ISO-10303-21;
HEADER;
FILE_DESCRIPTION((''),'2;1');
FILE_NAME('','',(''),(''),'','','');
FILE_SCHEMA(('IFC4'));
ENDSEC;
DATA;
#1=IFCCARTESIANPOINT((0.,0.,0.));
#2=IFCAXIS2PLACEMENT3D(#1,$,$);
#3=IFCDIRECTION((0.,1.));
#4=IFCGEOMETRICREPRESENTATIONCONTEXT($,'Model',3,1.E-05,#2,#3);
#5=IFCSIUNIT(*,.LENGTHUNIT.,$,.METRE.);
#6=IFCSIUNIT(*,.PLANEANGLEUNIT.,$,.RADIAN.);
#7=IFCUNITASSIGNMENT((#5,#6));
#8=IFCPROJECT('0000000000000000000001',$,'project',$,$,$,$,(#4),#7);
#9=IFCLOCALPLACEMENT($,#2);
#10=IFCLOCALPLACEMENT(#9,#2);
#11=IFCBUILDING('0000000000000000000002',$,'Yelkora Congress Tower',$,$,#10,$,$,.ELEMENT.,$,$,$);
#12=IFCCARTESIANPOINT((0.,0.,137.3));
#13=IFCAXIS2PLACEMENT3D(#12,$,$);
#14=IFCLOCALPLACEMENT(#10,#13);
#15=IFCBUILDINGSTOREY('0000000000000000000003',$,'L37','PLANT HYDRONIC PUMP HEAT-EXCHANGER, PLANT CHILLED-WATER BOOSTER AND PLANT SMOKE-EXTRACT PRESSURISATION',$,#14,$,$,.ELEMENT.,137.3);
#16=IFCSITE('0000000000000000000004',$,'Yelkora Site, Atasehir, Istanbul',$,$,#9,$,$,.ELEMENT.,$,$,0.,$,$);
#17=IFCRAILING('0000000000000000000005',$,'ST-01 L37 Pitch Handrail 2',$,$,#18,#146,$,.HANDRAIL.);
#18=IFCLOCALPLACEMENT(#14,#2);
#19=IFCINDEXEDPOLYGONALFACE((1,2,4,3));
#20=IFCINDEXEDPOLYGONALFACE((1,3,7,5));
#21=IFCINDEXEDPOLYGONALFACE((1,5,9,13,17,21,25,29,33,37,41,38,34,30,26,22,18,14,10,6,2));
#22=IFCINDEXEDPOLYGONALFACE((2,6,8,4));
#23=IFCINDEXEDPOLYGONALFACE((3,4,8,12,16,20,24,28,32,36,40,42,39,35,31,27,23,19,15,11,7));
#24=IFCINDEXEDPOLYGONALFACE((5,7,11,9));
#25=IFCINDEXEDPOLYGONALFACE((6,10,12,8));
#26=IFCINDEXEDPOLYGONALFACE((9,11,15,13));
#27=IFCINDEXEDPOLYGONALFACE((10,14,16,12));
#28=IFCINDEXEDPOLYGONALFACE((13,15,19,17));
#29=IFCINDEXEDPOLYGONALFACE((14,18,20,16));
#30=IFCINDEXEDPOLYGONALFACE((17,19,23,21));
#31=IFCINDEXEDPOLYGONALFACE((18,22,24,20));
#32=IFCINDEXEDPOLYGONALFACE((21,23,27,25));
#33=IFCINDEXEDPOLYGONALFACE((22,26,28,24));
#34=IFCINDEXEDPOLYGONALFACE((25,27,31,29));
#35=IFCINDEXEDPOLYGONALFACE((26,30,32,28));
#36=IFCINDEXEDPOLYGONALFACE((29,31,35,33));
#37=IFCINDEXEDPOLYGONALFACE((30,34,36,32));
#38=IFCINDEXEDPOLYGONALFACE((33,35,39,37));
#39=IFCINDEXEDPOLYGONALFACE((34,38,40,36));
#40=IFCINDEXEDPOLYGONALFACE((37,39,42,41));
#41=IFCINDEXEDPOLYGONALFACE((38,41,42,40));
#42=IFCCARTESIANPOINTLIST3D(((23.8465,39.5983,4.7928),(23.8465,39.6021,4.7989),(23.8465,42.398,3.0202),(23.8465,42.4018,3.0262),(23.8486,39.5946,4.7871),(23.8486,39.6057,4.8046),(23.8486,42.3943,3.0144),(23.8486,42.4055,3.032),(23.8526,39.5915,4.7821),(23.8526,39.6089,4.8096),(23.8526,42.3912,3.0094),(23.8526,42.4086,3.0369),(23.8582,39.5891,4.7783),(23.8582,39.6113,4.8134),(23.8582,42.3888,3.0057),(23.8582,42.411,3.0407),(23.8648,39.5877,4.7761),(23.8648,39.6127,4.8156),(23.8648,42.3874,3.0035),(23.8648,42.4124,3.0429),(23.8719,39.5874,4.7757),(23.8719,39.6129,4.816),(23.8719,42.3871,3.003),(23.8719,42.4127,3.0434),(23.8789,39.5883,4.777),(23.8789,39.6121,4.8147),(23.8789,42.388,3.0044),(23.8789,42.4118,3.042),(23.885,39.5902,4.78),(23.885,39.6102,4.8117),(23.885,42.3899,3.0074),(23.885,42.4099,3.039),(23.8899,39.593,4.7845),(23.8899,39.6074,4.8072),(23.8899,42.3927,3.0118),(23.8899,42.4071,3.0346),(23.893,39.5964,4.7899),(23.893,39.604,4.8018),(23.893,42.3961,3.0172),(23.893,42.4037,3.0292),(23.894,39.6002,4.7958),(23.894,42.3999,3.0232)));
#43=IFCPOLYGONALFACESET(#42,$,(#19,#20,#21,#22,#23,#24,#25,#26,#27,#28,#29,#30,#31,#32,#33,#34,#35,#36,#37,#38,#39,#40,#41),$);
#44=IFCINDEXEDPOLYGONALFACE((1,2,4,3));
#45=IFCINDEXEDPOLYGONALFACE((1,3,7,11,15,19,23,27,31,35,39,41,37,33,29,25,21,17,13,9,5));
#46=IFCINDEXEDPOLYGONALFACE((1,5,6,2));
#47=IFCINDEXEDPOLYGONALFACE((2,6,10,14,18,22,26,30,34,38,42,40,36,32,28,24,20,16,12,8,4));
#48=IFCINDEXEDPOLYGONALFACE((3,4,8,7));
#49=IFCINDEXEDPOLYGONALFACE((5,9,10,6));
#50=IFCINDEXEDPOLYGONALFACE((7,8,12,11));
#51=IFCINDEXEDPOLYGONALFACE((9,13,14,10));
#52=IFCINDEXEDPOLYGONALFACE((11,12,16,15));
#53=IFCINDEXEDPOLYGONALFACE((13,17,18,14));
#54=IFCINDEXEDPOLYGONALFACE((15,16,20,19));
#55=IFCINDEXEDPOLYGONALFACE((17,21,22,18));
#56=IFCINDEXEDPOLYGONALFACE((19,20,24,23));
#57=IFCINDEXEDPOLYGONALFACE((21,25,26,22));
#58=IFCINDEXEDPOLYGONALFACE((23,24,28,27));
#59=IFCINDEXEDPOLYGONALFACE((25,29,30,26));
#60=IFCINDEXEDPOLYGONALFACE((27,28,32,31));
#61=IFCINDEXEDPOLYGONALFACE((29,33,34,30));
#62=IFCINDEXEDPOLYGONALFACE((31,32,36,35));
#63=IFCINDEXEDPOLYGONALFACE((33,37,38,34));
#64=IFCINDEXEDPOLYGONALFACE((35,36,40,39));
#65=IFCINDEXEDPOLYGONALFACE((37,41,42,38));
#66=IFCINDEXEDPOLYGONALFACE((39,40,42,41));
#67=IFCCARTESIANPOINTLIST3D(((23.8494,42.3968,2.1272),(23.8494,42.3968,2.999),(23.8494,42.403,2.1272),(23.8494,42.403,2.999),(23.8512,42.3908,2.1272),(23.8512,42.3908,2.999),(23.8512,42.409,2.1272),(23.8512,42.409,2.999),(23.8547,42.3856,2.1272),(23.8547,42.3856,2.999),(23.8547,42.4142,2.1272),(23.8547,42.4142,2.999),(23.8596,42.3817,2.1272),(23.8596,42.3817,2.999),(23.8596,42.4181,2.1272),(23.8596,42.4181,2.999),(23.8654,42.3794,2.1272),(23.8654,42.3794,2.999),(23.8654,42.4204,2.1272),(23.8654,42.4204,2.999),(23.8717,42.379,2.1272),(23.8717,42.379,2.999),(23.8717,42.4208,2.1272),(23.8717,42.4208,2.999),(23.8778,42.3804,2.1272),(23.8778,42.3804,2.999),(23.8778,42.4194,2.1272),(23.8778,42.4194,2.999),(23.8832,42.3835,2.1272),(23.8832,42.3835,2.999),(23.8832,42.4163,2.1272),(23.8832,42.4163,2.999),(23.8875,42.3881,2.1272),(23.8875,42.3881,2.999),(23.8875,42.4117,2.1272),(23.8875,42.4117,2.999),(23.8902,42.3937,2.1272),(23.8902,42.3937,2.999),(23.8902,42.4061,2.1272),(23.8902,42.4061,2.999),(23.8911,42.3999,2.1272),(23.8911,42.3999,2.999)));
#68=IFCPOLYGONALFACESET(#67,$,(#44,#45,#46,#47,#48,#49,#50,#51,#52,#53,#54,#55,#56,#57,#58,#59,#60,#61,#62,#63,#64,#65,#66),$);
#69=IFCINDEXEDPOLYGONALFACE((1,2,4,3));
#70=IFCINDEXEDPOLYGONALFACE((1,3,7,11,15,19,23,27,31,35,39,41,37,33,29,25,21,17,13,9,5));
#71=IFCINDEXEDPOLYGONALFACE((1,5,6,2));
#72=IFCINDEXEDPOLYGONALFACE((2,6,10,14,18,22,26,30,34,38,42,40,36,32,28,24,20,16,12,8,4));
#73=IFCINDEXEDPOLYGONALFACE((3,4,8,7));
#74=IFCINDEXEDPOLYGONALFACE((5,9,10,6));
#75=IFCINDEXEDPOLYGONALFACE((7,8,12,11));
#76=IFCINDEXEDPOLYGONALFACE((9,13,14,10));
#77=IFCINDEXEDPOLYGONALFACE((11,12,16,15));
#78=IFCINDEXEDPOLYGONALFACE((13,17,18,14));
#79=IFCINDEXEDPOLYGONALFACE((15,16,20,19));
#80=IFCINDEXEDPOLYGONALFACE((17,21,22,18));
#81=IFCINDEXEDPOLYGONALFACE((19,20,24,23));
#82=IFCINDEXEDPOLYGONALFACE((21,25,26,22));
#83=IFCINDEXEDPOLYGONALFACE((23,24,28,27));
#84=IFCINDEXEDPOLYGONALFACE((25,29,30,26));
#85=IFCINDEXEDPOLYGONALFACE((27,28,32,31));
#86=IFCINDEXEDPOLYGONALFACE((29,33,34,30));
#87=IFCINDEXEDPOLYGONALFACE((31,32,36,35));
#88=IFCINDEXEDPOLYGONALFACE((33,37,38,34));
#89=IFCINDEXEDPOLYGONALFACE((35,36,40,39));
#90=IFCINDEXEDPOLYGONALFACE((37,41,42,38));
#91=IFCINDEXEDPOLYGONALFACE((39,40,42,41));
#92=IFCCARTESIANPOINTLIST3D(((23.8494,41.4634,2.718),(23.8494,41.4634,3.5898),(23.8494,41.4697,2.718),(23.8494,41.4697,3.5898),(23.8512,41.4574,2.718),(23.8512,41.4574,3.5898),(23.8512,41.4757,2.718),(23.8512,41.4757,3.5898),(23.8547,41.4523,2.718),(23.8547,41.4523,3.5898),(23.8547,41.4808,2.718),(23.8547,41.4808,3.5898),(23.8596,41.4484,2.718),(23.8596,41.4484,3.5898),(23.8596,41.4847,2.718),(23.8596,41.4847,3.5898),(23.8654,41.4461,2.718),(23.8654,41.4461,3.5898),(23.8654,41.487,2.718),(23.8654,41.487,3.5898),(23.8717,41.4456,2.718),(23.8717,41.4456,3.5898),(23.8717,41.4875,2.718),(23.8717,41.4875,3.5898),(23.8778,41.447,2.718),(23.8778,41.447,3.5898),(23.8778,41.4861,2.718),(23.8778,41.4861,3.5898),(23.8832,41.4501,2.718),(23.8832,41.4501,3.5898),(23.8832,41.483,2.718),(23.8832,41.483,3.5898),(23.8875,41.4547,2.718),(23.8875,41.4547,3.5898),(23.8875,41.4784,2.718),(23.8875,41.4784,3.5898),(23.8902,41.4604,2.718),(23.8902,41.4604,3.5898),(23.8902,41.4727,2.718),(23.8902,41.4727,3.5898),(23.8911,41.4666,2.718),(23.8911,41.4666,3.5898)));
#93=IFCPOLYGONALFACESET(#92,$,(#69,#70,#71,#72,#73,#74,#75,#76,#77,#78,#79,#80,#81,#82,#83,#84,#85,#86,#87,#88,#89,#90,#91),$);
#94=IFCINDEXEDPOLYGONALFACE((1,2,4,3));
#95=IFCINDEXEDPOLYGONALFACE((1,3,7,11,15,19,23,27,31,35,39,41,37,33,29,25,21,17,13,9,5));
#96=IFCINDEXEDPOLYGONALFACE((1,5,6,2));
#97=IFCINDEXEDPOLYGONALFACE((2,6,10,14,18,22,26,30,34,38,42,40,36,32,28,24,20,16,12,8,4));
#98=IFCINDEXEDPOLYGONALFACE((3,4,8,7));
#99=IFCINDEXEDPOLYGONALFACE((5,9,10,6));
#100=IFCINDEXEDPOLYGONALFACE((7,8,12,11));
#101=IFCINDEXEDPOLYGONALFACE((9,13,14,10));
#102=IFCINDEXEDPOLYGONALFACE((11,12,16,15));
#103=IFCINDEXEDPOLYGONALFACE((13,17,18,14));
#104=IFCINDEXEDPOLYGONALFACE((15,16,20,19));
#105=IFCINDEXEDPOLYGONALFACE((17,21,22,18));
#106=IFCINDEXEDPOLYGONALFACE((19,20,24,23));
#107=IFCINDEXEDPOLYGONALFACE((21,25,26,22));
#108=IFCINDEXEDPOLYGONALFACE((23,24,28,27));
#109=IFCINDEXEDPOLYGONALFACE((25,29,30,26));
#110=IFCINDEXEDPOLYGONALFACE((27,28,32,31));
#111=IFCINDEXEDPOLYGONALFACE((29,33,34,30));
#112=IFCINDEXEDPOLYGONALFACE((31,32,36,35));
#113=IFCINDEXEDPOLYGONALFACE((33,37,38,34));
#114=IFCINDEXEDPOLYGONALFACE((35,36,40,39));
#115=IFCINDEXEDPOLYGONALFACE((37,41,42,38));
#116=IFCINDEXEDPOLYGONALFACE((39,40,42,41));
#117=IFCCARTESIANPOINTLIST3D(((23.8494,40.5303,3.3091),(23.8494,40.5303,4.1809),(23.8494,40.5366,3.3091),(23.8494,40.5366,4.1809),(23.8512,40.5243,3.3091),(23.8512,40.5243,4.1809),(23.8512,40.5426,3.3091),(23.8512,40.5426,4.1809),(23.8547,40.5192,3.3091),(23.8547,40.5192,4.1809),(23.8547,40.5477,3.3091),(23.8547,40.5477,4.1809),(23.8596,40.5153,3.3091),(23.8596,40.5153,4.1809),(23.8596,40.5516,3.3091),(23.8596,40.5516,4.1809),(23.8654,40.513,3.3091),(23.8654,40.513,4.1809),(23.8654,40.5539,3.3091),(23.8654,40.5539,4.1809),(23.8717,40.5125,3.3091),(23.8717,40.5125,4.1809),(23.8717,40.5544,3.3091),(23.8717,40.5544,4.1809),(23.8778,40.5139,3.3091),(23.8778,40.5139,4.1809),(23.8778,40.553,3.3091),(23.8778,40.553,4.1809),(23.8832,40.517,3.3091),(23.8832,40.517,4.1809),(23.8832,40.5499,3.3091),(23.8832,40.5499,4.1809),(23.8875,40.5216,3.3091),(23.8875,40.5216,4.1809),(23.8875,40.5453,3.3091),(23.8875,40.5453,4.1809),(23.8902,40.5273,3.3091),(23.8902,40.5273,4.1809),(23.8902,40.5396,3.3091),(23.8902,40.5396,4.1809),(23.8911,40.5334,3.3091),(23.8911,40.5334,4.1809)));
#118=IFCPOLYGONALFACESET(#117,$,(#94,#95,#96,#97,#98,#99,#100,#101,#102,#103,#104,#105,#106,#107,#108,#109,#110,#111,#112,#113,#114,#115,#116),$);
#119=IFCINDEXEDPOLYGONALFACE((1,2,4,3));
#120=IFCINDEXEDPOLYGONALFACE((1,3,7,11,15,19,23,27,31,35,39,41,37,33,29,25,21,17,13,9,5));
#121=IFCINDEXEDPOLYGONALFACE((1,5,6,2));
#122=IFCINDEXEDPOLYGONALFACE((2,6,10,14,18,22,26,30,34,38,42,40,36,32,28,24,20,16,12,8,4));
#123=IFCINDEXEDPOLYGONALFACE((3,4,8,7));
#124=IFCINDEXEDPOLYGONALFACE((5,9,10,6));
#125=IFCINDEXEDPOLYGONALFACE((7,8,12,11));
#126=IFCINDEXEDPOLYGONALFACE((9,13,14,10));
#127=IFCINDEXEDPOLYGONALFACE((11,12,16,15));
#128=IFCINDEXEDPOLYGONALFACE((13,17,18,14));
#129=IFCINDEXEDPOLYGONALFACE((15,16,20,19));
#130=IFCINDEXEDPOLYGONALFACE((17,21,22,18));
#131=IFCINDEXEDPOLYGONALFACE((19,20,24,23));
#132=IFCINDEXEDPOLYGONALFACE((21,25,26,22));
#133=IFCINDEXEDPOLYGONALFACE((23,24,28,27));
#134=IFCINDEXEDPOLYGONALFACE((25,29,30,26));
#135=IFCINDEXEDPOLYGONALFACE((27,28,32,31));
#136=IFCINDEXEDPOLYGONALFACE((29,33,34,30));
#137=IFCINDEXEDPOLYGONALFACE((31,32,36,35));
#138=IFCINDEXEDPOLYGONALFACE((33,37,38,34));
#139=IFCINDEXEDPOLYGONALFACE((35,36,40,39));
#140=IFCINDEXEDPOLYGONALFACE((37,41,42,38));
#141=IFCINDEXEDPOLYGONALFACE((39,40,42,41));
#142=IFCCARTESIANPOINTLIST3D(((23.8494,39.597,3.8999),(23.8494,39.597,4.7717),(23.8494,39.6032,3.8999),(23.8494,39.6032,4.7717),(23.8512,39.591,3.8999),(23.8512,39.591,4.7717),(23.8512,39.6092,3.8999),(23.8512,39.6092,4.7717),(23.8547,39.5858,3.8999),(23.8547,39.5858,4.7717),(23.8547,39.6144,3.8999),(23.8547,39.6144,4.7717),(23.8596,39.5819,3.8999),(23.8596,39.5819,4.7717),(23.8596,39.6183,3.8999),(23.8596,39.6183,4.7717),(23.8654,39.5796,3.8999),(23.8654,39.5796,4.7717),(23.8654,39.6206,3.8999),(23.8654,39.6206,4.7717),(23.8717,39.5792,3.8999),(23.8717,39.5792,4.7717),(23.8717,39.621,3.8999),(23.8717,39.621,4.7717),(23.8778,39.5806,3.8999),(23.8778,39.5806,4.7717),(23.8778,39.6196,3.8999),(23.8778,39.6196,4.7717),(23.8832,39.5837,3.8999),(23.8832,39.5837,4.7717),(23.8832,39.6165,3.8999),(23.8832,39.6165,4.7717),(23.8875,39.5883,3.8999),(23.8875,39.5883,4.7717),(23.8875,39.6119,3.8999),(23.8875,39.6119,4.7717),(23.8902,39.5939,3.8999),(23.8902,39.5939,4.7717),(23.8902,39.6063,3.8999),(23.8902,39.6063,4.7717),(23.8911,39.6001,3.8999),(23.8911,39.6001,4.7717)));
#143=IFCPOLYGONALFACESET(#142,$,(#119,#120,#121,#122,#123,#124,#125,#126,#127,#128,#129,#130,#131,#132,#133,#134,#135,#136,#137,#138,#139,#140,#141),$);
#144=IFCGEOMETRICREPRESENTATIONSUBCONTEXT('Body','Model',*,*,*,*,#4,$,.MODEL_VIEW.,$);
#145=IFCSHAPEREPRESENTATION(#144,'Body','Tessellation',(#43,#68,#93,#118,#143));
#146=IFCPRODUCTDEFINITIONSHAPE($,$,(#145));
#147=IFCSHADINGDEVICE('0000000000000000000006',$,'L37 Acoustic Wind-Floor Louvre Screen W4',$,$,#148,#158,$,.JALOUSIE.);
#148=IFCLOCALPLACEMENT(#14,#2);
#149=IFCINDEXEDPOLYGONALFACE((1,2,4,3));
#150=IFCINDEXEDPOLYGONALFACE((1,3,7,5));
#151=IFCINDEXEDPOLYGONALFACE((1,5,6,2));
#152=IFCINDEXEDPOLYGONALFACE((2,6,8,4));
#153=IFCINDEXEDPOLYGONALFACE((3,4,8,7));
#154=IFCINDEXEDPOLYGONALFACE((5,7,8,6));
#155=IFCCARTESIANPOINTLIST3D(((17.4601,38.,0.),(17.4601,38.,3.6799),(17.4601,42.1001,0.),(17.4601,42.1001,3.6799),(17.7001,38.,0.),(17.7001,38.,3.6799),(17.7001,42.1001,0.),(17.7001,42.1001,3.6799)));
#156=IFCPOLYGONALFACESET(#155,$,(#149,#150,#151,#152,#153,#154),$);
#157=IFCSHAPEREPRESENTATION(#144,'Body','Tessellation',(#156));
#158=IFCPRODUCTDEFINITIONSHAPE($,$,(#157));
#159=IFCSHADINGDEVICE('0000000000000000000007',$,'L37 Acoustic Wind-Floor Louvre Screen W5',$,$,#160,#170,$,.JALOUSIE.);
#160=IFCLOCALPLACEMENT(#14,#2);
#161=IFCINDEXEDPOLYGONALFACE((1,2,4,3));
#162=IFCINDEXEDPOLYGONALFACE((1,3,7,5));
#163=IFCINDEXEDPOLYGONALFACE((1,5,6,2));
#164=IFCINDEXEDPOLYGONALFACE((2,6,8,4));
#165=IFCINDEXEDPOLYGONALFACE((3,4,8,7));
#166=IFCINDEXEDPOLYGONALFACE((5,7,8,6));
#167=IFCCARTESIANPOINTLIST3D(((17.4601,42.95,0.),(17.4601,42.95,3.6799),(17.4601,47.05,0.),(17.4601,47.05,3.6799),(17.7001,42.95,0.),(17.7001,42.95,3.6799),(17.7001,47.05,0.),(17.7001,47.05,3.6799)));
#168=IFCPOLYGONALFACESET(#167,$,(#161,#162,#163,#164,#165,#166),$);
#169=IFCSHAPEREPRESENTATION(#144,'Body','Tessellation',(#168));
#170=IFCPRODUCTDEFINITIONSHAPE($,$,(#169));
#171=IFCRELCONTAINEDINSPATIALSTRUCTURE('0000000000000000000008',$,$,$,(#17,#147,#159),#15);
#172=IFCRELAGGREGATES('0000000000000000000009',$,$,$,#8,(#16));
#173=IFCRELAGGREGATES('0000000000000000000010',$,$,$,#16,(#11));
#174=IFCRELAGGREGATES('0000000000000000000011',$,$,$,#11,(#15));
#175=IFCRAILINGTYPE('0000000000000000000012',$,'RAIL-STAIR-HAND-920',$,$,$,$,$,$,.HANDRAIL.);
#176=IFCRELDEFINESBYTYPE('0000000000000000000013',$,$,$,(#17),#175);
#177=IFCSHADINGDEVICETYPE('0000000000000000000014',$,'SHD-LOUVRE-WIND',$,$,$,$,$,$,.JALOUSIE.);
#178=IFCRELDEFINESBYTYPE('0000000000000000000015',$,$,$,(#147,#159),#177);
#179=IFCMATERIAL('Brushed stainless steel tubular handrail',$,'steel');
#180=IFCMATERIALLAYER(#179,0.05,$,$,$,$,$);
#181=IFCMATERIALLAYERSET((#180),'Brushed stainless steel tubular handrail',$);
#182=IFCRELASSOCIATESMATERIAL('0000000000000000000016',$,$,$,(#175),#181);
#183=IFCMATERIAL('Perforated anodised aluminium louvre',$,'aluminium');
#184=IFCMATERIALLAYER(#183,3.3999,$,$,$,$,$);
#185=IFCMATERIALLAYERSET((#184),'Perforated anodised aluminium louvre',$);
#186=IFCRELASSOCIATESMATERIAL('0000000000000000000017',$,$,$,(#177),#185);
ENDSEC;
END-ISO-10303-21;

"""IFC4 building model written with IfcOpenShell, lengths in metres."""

from ifc_helpers import new_model, si_unit, direction, frame, origin, origin_2d, place, context, subcontext, project, spatial, rectangle, circle, extrude, material, layer, layer_set, type_object, element, save


model = new_model("IFC4")

# Units and contexts
model_context = context("Model", 3, precision=1e-05, world=origin(), true_north=direction((0.0, 1.0)))
body_context = subcontext(model_context, "Body", "Model", "MODEL_VIEW")
ifc_project = project(units=[si_unit("LENGTHUNIT", "METRE"), si_unit("PLANEANGLEUNIT", "RADIAN")], contexts=[model_context])

# Site, building, storey
site_placement = place(None, origin())
site = spatial("IfcSite", under=ifc_project, at=site_placement, Name="Yelkora Site, Atasehir, Istanbul", CompositionType="ELEMENT", RefElevation=0.0)
building_placement = place(site_placement, origin())
building = spatial("IfcBuilding", under=site, at=building_placement, Name="Yelkora Congress Tower", CompositionType="ELEMENT")
storey_placement = place(building_placement, frame((0.0, 0.0, 137.3)))
storey = spatial("IfcBuildingStorey", under=building, at=storey_placement, Name="L37", Description="PLANT HYDRONIC PUMP HEAT-EXCHANGER, PLANT CHILLED-WATER BOOSTER AND PLANT SMOKE-EXTRACT PRESSURISATION", CompositionType="ELEMENT", Elevation=137.3)

# Railing
ifc_material_1 = material(Name="Brushed stainless steel tubular handrail", Category="steel")
ifc_layer_1 = layer(ifc_material_1, 0.05)
ifc_layer_set_1 = layer_set([ifc_layer_1], Name="Brushed stainless steel tubular handrail")
railing_type_1 = type_object("IfcRailingType", Name="RAIL-STAIR-HAND-920", PredefinedType="HANDRAIL", material=ifc_layer_set_1)
railing_1_placement = place(storey_placement, frame((23.8701, 42.3999, 2.1272)))
element("IfcRailing", 1, at=railing_1_placement, inside=storey, type_object=railing_type_1, Name="ST-01 L37 Pitch Handrail 2", PredefinedType="HANDRAIL", context=body_context, shape_type="SweptSolid", body=[
    extrude(circle(Radius=0.0239, at=origin_2d()), frame((0.0, 0.0, 0.896), z_axis=(0.0, -0.844888, 0.534943), x_axis=(1.0, 0.0, 0.0)), (0.0, 0.0, 1.0), 3.3137),
    extrude(circle(Radius=0.021, at=origin_2d()), origin(), (0.0, 0.0, 1.0), 0.8718),
    extrude(circle(Radius=0.021, at=origin_2d()), frame((0.0, -0.9333, 0.5908)), (0.0, 0.0, 1.0), 0.8718),
    extrude(circle(Radius=0.021, at=origin_2d()), frame((0.0, -1.8665, 1.1819)), (0.0, 0.0, 1.0), 0.8718),
    extrude(circle(Radius=0.021, at=origin_2d()), frame((0.0, -2.7998, 1.7727)), (0.0, 0.0, 1.0), 0.8718),
])

# Shading devices
ifc_material_2 = material(Name="Perforated anodised aluminium louvre", Category="aluminium")
ifc_layer_2 = layer(ifc_material_2, 3.3999)
ifc_layer_set_2 = layer_set([ifc_layer_2], Name="Perforated anodised aluminium louvre")
shading_device_type = type_object("IfcShadingDeviceType", Name="SHD-LOUVRE-WIND", PredefinedType="JALOUSIE", material=ifc_layer_set_2)
for number, where, z_axis, x_axis, name in (
    (2, (17.5801, 40.05, 0.0), (0.0, 0.0, 1.0), (1.0, 0.0, 0.0), "L37 Acoustic Wind-Floor Louvre Screen W4"),
    (3, (17.5801, 45.0, 0.0), (0.0, 0.0, 1.0), (1.0, 0.0, 0.0), "L37 Acoustic Wind-Floor Louvre Screen W5"),
):
    element("IfcShadingDevice", number, at=place(storey_placement, frame(where, z_axis=z_axis, x_axis=x_axis)), inside=storey, type_object=shading_device_type, Name=name, PredefinedType="JALOUSIE", context=body_context, shape_type="SweptSolid", body=[
        extrude(rectangle(XDim=0.24, YDim=4.1001, at=origin_2d()), origin(), (0.0, 0.0, 1.0), 3.6799),
    ])

save(model, "model.ifc")
